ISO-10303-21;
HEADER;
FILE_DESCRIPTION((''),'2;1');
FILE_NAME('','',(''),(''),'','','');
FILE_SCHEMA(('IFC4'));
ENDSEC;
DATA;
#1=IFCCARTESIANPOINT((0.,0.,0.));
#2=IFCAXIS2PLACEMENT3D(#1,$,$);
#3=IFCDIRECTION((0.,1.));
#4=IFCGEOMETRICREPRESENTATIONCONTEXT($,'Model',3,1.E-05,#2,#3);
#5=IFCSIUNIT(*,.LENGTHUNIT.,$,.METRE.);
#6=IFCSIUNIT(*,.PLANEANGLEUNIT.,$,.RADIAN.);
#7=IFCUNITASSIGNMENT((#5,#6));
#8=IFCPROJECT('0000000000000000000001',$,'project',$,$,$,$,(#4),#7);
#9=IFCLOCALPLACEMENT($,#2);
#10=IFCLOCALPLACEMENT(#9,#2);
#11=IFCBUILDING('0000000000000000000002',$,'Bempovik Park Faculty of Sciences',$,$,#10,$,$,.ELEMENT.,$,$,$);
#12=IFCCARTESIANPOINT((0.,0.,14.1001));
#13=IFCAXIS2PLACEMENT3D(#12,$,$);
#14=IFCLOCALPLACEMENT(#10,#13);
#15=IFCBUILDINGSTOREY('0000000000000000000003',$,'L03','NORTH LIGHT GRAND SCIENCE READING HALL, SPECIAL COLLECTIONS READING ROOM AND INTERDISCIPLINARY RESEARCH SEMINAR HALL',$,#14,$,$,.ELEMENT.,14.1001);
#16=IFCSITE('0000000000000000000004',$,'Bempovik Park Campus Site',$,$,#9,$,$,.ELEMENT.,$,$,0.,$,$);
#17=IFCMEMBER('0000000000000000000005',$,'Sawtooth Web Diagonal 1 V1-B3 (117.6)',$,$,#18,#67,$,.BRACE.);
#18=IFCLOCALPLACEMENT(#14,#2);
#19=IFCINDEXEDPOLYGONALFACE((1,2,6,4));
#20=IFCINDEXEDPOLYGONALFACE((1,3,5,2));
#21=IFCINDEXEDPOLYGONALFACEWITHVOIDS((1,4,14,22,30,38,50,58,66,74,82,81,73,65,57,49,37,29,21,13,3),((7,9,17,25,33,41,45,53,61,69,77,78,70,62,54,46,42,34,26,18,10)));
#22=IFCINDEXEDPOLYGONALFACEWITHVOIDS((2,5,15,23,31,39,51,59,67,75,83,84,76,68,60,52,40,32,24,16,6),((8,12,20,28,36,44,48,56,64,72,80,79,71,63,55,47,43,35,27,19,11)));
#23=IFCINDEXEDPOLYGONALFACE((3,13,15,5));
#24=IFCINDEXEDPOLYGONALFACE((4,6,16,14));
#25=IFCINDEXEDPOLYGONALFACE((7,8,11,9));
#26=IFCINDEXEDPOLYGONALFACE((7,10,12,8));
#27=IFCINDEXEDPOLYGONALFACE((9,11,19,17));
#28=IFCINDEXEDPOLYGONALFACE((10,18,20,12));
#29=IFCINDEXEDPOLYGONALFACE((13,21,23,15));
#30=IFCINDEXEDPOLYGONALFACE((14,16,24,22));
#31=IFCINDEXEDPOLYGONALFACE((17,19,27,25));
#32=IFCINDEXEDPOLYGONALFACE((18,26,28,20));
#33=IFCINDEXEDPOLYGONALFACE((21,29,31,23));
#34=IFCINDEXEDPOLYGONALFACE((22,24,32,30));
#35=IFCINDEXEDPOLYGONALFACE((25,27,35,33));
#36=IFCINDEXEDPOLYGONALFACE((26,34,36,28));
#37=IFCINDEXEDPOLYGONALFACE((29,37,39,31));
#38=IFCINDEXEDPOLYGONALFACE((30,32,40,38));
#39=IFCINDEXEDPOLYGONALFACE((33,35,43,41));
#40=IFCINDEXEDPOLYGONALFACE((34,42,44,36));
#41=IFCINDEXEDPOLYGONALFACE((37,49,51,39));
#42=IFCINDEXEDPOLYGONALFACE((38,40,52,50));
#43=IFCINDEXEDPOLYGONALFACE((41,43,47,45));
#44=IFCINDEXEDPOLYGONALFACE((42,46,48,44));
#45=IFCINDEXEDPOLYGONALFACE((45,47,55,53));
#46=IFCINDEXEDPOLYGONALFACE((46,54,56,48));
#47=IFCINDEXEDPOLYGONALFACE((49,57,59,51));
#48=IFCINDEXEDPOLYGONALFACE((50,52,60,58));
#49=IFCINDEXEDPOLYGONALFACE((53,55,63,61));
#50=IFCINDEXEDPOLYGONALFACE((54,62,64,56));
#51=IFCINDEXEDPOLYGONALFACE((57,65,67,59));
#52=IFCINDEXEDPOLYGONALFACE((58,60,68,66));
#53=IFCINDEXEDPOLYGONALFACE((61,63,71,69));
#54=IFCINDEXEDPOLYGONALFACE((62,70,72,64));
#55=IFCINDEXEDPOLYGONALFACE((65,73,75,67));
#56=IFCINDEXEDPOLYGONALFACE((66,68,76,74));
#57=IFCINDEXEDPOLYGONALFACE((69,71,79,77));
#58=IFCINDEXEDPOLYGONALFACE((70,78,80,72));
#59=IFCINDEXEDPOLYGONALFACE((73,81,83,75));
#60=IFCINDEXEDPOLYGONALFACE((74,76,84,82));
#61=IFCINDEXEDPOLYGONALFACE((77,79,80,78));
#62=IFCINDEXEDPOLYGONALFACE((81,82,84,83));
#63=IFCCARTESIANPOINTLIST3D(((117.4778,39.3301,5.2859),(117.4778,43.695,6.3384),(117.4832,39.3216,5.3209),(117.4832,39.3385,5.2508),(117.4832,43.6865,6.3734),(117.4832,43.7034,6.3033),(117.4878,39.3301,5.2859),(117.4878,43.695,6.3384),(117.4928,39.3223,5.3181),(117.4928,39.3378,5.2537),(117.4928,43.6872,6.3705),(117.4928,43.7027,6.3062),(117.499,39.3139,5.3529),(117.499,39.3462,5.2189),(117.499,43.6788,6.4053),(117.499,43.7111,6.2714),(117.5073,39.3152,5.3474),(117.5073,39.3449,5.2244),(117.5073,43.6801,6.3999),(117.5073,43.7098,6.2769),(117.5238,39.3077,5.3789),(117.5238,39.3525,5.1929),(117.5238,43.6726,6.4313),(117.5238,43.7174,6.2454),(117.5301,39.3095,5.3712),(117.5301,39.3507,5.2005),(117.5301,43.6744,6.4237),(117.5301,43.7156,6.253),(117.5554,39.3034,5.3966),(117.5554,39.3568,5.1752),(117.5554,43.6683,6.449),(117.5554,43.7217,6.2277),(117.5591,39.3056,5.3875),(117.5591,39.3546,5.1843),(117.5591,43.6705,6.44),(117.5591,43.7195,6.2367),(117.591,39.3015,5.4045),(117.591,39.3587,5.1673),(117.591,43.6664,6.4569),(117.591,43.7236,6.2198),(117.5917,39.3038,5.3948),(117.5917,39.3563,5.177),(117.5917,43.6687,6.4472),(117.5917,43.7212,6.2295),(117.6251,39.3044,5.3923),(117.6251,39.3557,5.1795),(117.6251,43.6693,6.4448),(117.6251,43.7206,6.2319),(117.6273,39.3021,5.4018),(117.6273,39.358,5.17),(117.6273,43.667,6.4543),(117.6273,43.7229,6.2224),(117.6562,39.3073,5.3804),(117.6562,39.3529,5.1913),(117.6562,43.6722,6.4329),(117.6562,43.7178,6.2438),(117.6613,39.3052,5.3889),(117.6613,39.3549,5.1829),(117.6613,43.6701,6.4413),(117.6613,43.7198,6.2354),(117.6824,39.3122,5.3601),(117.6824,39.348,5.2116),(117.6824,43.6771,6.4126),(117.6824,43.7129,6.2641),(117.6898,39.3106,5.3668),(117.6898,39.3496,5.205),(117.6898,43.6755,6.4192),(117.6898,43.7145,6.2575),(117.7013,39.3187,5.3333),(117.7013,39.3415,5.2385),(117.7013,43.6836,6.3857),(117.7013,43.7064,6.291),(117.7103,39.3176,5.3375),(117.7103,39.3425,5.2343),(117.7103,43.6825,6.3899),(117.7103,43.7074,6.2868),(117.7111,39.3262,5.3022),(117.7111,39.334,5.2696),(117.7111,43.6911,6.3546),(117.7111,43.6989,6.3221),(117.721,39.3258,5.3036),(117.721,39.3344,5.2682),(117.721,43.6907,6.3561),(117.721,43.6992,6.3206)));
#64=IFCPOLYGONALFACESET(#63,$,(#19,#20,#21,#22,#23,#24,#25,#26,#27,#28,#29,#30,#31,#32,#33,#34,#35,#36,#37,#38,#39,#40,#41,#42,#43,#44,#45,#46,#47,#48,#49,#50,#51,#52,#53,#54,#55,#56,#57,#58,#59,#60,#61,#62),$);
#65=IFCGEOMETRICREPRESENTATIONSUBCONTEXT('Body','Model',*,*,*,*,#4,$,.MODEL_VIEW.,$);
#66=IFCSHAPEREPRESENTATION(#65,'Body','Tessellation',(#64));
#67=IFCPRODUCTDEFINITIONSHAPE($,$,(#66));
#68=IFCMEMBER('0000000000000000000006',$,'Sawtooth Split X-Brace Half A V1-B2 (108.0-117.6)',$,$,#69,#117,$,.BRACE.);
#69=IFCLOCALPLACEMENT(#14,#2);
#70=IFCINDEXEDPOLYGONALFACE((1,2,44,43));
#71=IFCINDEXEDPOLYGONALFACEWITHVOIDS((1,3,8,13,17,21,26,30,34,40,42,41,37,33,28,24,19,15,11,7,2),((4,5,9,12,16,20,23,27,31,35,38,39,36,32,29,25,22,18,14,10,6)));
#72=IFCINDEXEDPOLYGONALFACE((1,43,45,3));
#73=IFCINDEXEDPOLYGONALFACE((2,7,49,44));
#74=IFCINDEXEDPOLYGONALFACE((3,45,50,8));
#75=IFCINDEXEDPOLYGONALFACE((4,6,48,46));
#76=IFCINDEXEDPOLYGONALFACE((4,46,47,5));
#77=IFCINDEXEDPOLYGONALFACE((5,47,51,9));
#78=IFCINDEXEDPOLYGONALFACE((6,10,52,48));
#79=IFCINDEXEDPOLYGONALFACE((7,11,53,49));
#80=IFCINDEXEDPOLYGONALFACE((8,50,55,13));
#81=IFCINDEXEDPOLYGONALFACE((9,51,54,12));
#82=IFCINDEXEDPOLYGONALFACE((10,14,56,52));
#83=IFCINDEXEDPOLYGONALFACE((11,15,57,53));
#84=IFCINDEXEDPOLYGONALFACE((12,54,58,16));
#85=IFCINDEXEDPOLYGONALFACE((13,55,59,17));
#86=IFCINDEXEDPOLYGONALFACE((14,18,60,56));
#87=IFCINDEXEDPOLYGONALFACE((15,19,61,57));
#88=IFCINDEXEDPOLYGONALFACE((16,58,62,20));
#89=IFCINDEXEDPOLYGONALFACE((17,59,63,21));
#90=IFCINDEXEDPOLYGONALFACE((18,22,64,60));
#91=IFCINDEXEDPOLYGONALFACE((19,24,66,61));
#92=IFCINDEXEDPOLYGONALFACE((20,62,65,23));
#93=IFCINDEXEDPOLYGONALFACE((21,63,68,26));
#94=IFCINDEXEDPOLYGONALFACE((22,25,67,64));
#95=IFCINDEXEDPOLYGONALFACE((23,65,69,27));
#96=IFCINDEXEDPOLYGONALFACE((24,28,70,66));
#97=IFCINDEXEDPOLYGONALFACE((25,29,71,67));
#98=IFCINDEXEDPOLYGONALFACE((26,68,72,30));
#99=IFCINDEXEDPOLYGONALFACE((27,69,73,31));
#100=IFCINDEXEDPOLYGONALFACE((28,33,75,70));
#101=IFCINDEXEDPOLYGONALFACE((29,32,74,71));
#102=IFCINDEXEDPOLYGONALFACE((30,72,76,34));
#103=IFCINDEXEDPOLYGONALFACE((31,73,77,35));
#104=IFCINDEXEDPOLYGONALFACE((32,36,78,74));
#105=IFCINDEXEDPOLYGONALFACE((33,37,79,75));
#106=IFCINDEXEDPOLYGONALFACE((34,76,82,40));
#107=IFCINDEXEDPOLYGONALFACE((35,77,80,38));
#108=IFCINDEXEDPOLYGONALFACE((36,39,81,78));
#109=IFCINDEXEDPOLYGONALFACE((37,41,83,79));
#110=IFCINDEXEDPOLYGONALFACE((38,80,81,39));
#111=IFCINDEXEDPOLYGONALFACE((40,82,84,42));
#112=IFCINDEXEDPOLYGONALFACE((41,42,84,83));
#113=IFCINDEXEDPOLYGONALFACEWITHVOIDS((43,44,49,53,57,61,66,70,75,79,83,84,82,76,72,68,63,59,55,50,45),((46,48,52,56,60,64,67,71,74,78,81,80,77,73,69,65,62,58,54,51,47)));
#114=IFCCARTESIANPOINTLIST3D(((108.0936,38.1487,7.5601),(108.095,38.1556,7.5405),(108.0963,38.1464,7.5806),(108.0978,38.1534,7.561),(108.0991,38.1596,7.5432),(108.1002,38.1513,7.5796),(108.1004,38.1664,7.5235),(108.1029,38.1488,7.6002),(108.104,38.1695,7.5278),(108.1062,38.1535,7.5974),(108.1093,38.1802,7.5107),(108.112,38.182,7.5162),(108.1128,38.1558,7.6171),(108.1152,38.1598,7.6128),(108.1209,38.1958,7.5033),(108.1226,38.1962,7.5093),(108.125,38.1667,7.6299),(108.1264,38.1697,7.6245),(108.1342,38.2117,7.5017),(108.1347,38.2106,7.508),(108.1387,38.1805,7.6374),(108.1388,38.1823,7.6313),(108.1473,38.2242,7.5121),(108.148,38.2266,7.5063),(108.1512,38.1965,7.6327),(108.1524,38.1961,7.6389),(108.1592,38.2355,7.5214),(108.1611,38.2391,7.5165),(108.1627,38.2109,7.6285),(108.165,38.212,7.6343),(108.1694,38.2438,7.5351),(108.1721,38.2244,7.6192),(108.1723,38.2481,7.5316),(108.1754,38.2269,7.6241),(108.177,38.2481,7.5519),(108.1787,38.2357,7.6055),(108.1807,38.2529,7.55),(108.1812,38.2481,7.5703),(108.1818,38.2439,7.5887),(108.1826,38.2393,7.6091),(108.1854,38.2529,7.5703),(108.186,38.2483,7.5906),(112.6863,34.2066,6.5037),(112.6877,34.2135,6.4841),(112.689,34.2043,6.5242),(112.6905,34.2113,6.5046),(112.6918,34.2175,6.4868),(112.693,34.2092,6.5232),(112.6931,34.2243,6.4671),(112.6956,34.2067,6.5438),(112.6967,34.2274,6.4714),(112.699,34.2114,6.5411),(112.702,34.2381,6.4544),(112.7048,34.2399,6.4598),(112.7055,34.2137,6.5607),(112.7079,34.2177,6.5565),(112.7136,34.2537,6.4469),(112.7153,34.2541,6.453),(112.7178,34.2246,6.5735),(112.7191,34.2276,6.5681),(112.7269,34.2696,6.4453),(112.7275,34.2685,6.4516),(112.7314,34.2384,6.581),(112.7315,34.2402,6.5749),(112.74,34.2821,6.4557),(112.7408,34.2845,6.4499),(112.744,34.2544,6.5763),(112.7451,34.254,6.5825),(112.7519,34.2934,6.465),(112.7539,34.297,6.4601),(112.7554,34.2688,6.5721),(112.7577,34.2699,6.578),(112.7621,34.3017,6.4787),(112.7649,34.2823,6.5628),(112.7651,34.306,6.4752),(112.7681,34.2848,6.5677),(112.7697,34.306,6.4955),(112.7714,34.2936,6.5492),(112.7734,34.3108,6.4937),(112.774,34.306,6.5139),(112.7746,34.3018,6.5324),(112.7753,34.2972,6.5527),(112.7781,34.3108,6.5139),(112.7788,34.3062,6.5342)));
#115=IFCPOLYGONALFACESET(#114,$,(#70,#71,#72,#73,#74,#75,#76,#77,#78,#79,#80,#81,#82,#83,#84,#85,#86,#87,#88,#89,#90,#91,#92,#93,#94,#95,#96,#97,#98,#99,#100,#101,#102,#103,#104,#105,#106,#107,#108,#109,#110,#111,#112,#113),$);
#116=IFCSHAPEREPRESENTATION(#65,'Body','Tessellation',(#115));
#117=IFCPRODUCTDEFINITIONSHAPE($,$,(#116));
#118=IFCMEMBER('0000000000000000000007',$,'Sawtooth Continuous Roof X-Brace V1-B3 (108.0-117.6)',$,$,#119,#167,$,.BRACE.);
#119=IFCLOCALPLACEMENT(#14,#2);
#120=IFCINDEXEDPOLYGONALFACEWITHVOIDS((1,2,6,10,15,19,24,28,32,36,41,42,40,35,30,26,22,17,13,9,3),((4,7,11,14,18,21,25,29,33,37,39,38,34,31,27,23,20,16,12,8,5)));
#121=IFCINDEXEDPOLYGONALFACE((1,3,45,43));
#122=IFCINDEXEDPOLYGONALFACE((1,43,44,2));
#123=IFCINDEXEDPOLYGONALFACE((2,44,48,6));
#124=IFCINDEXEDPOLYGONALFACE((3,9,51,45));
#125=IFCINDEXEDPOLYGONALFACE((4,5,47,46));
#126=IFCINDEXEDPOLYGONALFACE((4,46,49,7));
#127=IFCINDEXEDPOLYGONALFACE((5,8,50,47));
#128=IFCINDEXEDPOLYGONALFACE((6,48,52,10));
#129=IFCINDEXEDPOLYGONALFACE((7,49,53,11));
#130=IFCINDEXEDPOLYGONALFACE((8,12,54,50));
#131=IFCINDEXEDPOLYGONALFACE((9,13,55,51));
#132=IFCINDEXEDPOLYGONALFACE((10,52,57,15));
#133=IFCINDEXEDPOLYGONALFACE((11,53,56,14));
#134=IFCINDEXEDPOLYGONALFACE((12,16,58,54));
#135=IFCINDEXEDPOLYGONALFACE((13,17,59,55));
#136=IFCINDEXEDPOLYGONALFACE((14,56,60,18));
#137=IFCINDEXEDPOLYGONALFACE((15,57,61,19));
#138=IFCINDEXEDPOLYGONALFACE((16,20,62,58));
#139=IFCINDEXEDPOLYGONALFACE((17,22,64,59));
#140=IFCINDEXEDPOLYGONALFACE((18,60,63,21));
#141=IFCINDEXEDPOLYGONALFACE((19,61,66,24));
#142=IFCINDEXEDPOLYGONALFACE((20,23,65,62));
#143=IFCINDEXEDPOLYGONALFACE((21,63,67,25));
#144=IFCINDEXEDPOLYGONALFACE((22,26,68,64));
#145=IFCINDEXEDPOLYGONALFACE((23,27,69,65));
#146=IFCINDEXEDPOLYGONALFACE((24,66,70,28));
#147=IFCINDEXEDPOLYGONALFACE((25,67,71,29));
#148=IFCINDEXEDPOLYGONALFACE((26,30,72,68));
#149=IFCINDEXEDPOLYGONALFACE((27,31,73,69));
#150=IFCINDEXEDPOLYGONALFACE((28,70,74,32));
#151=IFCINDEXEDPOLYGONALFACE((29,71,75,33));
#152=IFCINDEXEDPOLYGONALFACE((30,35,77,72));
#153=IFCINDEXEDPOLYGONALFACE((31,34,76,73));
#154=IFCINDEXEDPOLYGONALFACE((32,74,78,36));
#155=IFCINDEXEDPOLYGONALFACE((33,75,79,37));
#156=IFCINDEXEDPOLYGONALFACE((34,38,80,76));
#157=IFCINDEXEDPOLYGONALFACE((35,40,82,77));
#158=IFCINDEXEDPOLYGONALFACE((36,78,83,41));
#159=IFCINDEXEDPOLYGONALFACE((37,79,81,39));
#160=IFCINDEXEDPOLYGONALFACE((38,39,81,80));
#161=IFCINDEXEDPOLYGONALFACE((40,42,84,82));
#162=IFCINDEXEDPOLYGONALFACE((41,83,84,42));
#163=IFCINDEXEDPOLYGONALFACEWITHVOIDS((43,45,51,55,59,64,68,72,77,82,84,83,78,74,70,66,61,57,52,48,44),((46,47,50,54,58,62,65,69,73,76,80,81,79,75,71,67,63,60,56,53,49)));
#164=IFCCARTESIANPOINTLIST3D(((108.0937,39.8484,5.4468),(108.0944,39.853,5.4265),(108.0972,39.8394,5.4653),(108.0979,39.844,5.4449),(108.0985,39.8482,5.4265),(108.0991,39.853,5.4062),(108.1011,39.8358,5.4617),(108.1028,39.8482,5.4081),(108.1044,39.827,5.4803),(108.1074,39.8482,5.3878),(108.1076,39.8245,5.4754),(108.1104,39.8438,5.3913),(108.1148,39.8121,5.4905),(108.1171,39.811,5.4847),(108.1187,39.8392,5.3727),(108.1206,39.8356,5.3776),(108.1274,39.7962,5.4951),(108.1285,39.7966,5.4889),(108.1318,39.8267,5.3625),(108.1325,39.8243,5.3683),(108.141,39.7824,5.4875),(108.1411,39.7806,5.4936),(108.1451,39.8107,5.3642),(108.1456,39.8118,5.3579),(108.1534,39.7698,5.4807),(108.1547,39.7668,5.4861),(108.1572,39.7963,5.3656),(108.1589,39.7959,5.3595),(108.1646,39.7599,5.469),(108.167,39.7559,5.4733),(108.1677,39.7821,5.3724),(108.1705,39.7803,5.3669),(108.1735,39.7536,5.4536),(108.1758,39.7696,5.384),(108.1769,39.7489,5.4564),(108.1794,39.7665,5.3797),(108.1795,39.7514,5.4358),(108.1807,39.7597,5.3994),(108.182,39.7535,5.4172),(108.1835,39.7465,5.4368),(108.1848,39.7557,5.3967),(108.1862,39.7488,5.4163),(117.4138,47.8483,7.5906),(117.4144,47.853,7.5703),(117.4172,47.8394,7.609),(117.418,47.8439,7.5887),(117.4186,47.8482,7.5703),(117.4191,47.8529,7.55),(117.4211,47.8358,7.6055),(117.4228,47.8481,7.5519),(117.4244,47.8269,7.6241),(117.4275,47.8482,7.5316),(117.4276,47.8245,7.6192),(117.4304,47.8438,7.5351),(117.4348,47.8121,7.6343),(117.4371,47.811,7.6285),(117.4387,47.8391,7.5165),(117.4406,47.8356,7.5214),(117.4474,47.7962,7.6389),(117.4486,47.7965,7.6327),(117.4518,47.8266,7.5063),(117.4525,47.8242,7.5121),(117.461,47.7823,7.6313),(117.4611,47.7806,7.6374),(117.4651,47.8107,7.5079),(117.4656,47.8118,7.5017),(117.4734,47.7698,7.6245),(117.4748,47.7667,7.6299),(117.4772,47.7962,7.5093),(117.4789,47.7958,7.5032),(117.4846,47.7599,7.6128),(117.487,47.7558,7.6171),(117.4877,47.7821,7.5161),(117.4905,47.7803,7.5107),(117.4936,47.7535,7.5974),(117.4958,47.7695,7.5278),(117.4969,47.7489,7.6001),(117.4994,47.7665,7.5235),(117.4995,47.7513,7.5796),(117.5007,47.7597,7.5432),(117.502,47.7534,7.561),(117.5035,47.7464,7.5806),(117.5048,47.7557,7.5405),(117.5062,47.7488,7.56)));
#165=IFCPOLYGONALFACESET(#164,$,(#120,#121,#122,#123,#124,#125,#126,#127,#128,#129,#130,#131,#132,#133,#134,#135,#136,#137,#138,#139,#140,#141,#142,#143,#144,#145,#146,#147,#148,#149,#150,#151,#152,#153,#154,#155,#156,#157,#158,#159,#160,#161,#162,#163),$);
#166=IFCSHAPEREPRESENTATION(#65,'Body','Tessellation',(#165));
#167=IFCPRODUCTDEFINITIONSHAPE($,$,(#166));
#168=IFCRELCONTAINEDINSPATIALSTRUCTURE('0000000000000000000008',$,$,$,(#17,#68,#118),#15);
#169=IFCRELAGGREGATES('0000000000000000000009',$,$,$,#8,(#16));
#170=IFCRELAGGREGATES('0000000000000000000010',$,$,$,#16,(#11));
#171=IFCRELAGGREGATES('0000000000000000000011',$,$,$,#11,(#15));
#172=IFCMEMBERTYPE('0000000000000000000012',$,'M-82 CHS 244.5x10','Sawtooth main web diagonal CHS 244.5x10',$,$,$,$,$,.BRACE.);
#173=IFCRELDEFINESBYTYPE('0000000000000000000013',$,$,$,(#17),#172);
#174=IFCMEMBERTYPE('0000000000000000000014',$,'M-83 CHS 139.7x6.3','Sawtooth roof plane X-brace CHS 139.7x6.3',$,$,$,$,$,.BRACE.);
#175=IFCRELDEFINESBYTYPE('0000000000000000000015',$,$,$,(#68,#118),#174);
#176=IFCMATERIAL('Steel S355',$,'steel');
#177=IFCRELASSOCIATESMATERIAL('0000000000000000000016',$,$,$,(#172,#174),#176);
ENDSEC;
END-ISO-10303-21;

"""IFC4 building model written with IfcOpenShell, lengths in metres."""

from ifc_helpers import new_model, si_unit, direction, frame, origin, origin_2d, place, context, subcontext, project, spatial, hollow_circle, extrude, material, material_profile, profile_set, type_object, element, save


model = new_model("IFC4")

# Units and contexts
model_context = context("Model", 3, precision=1e-05, world=origin(), true_north=direction((0.0, 1.0)))
body_context = subcontext(model_context, "Body", "Model", "MODEL_VIEW")
ifc_project = project(units=[si_unit("LENGTHUNIT", "METRE"), si_unit("PLANEANGLEUNIT", "RADIAN")], contexts=[model_context])

# Site, building, storey
site_placement = place(None, origin())
site = spatial("IfcSite", under=ifc_project, at=site_placement, Name="Bempovik Park Campus Site", CompositionType="ELEMENT", RefElevation=0.0)
building_placement = place(site_placement, origin())
building = spatial("IfcBuilding", under=site, at=building_placement, Name="Bempovik Park Faculty of Sciences", CompositionType="ELEMENT")
storey_placement = place(building_placement, frame((0.0, 0.0, 14.1001)))
storey = spatial("IfcBuildingStorey", under=building, at=storey_placement, Name="L03", Description="NORTH LIGHT GRAND SCIENCE READING HALL, SPECIAL COLLECTIONS READING ROOM AND INTERDISCIPLINARY RESEARCH SEMINAR HALL", CompositionType="ELEMENT", Elevation=14.1001)

# Shared definitions
ifc_material_1 = material(Name="Steel S355", Category="steel")

# Members
ifc_material_profile_1 = material_profile(ifc_material_1, hollow_circle(Radius=0.1223, WallThickness=0.01, at=origin_2d()), Name="CHS 244.5x10")
ifc_profile_set_1 = profile_set([ifc_material_profile_1], Name="Steel S355")
member_type_1 = type_object("IfcMemberType", Name="M-82 CHS 244.5x10", Description="Sawtooth main web diagonal CHS 244.5x10", PredefinedType="BRACE", material=ifc_profile_set_1)
for number, where, z_axis, x_axis, name in (
    (1, (117.6001, 39.3301, 5.2859), (0.0, 0.972139, 0.234403), (-1.0, 0.0, 0.0), "Sawtooth Web Diagonal 1 V1-B3 (117.6)"),
):
    element("IfcMember", number, at=place(storey_placement, frame(where, z_axis=z_axis, x_axis=x_axis)), inside=storey, type_object=member_type_1, Name=name, PredefinedType="BRACE", context=body_context, shape_type="SweptSolid", body=[
        extrude(hollow_circle(Radius=0.1223, WallThickness=0.01, at=origin_2d()), origin(), (0.0, 0.0, 1.0), 4.49),
    ])
ifc_material_profile_2 = material_profile(ifc_material_1, hollow_circle(Radius=0.0698, WallThickness=0.0063, at=origin_2d()), Name="CHS 139.7x6.3")
ifc_profile_set_2 = profile_set([ifc_material_profile_2], Name="Steel S355")
member_type_2 = type_object("IfcMemberType", Name="M-83 CHS 139.7x6.3", Description="Sawtooth roof plane X-brace CHS 139.7x6.3", PredefinedType="BRACE", material=ifc_profile_set_2)
member_1_placement = place(storey_placement, frame((108.1399, 38.2, 7.5703), z_axis=(0.747509, -0.641613, -0.171937), x_axis=(0.651313, 0.758809, 0.0)))
element("IfcMember", 2, at=member_1_placement, inside=storey, type_object=member_type_2, Name="Sawtooth Split X-Brace Half A V1-B2 (108.0-117.6)", PredefinedType="BRACE", context=body_context, shape_type="SweptSolid", body=[
    extrude(hollow_circle(Radius=0.0698, WallThickness=0.0063, at=origin_2d()), origin(), (0.0, 0.0, 1.0), 6.144),
])
member_2_placement = place(storey_placement, frame((108.1399, 39.8, 5.4265), z_axis=(0.747499, 0.641625, 0.171939), x_axis=(-0.651325, 0.758799, 0.0)))
element("IfcMember", 3, at=member_2_placement, inside=storey, type_object=member_type_2, Name="Sawtooth Continuous Roof X-Brace V1-B3 (108.0-117.6)", PredefinedType="BRACE", context=body_context, shape_type="SweptSolid", body=[
    extrude(hollow_circle(Radius=0.0698, WallThickness=0.0063, at=origin_2d()), origin(), (0.0, 0.0, 1.0), 12.4683),
])

save(model, "model.ifc")
